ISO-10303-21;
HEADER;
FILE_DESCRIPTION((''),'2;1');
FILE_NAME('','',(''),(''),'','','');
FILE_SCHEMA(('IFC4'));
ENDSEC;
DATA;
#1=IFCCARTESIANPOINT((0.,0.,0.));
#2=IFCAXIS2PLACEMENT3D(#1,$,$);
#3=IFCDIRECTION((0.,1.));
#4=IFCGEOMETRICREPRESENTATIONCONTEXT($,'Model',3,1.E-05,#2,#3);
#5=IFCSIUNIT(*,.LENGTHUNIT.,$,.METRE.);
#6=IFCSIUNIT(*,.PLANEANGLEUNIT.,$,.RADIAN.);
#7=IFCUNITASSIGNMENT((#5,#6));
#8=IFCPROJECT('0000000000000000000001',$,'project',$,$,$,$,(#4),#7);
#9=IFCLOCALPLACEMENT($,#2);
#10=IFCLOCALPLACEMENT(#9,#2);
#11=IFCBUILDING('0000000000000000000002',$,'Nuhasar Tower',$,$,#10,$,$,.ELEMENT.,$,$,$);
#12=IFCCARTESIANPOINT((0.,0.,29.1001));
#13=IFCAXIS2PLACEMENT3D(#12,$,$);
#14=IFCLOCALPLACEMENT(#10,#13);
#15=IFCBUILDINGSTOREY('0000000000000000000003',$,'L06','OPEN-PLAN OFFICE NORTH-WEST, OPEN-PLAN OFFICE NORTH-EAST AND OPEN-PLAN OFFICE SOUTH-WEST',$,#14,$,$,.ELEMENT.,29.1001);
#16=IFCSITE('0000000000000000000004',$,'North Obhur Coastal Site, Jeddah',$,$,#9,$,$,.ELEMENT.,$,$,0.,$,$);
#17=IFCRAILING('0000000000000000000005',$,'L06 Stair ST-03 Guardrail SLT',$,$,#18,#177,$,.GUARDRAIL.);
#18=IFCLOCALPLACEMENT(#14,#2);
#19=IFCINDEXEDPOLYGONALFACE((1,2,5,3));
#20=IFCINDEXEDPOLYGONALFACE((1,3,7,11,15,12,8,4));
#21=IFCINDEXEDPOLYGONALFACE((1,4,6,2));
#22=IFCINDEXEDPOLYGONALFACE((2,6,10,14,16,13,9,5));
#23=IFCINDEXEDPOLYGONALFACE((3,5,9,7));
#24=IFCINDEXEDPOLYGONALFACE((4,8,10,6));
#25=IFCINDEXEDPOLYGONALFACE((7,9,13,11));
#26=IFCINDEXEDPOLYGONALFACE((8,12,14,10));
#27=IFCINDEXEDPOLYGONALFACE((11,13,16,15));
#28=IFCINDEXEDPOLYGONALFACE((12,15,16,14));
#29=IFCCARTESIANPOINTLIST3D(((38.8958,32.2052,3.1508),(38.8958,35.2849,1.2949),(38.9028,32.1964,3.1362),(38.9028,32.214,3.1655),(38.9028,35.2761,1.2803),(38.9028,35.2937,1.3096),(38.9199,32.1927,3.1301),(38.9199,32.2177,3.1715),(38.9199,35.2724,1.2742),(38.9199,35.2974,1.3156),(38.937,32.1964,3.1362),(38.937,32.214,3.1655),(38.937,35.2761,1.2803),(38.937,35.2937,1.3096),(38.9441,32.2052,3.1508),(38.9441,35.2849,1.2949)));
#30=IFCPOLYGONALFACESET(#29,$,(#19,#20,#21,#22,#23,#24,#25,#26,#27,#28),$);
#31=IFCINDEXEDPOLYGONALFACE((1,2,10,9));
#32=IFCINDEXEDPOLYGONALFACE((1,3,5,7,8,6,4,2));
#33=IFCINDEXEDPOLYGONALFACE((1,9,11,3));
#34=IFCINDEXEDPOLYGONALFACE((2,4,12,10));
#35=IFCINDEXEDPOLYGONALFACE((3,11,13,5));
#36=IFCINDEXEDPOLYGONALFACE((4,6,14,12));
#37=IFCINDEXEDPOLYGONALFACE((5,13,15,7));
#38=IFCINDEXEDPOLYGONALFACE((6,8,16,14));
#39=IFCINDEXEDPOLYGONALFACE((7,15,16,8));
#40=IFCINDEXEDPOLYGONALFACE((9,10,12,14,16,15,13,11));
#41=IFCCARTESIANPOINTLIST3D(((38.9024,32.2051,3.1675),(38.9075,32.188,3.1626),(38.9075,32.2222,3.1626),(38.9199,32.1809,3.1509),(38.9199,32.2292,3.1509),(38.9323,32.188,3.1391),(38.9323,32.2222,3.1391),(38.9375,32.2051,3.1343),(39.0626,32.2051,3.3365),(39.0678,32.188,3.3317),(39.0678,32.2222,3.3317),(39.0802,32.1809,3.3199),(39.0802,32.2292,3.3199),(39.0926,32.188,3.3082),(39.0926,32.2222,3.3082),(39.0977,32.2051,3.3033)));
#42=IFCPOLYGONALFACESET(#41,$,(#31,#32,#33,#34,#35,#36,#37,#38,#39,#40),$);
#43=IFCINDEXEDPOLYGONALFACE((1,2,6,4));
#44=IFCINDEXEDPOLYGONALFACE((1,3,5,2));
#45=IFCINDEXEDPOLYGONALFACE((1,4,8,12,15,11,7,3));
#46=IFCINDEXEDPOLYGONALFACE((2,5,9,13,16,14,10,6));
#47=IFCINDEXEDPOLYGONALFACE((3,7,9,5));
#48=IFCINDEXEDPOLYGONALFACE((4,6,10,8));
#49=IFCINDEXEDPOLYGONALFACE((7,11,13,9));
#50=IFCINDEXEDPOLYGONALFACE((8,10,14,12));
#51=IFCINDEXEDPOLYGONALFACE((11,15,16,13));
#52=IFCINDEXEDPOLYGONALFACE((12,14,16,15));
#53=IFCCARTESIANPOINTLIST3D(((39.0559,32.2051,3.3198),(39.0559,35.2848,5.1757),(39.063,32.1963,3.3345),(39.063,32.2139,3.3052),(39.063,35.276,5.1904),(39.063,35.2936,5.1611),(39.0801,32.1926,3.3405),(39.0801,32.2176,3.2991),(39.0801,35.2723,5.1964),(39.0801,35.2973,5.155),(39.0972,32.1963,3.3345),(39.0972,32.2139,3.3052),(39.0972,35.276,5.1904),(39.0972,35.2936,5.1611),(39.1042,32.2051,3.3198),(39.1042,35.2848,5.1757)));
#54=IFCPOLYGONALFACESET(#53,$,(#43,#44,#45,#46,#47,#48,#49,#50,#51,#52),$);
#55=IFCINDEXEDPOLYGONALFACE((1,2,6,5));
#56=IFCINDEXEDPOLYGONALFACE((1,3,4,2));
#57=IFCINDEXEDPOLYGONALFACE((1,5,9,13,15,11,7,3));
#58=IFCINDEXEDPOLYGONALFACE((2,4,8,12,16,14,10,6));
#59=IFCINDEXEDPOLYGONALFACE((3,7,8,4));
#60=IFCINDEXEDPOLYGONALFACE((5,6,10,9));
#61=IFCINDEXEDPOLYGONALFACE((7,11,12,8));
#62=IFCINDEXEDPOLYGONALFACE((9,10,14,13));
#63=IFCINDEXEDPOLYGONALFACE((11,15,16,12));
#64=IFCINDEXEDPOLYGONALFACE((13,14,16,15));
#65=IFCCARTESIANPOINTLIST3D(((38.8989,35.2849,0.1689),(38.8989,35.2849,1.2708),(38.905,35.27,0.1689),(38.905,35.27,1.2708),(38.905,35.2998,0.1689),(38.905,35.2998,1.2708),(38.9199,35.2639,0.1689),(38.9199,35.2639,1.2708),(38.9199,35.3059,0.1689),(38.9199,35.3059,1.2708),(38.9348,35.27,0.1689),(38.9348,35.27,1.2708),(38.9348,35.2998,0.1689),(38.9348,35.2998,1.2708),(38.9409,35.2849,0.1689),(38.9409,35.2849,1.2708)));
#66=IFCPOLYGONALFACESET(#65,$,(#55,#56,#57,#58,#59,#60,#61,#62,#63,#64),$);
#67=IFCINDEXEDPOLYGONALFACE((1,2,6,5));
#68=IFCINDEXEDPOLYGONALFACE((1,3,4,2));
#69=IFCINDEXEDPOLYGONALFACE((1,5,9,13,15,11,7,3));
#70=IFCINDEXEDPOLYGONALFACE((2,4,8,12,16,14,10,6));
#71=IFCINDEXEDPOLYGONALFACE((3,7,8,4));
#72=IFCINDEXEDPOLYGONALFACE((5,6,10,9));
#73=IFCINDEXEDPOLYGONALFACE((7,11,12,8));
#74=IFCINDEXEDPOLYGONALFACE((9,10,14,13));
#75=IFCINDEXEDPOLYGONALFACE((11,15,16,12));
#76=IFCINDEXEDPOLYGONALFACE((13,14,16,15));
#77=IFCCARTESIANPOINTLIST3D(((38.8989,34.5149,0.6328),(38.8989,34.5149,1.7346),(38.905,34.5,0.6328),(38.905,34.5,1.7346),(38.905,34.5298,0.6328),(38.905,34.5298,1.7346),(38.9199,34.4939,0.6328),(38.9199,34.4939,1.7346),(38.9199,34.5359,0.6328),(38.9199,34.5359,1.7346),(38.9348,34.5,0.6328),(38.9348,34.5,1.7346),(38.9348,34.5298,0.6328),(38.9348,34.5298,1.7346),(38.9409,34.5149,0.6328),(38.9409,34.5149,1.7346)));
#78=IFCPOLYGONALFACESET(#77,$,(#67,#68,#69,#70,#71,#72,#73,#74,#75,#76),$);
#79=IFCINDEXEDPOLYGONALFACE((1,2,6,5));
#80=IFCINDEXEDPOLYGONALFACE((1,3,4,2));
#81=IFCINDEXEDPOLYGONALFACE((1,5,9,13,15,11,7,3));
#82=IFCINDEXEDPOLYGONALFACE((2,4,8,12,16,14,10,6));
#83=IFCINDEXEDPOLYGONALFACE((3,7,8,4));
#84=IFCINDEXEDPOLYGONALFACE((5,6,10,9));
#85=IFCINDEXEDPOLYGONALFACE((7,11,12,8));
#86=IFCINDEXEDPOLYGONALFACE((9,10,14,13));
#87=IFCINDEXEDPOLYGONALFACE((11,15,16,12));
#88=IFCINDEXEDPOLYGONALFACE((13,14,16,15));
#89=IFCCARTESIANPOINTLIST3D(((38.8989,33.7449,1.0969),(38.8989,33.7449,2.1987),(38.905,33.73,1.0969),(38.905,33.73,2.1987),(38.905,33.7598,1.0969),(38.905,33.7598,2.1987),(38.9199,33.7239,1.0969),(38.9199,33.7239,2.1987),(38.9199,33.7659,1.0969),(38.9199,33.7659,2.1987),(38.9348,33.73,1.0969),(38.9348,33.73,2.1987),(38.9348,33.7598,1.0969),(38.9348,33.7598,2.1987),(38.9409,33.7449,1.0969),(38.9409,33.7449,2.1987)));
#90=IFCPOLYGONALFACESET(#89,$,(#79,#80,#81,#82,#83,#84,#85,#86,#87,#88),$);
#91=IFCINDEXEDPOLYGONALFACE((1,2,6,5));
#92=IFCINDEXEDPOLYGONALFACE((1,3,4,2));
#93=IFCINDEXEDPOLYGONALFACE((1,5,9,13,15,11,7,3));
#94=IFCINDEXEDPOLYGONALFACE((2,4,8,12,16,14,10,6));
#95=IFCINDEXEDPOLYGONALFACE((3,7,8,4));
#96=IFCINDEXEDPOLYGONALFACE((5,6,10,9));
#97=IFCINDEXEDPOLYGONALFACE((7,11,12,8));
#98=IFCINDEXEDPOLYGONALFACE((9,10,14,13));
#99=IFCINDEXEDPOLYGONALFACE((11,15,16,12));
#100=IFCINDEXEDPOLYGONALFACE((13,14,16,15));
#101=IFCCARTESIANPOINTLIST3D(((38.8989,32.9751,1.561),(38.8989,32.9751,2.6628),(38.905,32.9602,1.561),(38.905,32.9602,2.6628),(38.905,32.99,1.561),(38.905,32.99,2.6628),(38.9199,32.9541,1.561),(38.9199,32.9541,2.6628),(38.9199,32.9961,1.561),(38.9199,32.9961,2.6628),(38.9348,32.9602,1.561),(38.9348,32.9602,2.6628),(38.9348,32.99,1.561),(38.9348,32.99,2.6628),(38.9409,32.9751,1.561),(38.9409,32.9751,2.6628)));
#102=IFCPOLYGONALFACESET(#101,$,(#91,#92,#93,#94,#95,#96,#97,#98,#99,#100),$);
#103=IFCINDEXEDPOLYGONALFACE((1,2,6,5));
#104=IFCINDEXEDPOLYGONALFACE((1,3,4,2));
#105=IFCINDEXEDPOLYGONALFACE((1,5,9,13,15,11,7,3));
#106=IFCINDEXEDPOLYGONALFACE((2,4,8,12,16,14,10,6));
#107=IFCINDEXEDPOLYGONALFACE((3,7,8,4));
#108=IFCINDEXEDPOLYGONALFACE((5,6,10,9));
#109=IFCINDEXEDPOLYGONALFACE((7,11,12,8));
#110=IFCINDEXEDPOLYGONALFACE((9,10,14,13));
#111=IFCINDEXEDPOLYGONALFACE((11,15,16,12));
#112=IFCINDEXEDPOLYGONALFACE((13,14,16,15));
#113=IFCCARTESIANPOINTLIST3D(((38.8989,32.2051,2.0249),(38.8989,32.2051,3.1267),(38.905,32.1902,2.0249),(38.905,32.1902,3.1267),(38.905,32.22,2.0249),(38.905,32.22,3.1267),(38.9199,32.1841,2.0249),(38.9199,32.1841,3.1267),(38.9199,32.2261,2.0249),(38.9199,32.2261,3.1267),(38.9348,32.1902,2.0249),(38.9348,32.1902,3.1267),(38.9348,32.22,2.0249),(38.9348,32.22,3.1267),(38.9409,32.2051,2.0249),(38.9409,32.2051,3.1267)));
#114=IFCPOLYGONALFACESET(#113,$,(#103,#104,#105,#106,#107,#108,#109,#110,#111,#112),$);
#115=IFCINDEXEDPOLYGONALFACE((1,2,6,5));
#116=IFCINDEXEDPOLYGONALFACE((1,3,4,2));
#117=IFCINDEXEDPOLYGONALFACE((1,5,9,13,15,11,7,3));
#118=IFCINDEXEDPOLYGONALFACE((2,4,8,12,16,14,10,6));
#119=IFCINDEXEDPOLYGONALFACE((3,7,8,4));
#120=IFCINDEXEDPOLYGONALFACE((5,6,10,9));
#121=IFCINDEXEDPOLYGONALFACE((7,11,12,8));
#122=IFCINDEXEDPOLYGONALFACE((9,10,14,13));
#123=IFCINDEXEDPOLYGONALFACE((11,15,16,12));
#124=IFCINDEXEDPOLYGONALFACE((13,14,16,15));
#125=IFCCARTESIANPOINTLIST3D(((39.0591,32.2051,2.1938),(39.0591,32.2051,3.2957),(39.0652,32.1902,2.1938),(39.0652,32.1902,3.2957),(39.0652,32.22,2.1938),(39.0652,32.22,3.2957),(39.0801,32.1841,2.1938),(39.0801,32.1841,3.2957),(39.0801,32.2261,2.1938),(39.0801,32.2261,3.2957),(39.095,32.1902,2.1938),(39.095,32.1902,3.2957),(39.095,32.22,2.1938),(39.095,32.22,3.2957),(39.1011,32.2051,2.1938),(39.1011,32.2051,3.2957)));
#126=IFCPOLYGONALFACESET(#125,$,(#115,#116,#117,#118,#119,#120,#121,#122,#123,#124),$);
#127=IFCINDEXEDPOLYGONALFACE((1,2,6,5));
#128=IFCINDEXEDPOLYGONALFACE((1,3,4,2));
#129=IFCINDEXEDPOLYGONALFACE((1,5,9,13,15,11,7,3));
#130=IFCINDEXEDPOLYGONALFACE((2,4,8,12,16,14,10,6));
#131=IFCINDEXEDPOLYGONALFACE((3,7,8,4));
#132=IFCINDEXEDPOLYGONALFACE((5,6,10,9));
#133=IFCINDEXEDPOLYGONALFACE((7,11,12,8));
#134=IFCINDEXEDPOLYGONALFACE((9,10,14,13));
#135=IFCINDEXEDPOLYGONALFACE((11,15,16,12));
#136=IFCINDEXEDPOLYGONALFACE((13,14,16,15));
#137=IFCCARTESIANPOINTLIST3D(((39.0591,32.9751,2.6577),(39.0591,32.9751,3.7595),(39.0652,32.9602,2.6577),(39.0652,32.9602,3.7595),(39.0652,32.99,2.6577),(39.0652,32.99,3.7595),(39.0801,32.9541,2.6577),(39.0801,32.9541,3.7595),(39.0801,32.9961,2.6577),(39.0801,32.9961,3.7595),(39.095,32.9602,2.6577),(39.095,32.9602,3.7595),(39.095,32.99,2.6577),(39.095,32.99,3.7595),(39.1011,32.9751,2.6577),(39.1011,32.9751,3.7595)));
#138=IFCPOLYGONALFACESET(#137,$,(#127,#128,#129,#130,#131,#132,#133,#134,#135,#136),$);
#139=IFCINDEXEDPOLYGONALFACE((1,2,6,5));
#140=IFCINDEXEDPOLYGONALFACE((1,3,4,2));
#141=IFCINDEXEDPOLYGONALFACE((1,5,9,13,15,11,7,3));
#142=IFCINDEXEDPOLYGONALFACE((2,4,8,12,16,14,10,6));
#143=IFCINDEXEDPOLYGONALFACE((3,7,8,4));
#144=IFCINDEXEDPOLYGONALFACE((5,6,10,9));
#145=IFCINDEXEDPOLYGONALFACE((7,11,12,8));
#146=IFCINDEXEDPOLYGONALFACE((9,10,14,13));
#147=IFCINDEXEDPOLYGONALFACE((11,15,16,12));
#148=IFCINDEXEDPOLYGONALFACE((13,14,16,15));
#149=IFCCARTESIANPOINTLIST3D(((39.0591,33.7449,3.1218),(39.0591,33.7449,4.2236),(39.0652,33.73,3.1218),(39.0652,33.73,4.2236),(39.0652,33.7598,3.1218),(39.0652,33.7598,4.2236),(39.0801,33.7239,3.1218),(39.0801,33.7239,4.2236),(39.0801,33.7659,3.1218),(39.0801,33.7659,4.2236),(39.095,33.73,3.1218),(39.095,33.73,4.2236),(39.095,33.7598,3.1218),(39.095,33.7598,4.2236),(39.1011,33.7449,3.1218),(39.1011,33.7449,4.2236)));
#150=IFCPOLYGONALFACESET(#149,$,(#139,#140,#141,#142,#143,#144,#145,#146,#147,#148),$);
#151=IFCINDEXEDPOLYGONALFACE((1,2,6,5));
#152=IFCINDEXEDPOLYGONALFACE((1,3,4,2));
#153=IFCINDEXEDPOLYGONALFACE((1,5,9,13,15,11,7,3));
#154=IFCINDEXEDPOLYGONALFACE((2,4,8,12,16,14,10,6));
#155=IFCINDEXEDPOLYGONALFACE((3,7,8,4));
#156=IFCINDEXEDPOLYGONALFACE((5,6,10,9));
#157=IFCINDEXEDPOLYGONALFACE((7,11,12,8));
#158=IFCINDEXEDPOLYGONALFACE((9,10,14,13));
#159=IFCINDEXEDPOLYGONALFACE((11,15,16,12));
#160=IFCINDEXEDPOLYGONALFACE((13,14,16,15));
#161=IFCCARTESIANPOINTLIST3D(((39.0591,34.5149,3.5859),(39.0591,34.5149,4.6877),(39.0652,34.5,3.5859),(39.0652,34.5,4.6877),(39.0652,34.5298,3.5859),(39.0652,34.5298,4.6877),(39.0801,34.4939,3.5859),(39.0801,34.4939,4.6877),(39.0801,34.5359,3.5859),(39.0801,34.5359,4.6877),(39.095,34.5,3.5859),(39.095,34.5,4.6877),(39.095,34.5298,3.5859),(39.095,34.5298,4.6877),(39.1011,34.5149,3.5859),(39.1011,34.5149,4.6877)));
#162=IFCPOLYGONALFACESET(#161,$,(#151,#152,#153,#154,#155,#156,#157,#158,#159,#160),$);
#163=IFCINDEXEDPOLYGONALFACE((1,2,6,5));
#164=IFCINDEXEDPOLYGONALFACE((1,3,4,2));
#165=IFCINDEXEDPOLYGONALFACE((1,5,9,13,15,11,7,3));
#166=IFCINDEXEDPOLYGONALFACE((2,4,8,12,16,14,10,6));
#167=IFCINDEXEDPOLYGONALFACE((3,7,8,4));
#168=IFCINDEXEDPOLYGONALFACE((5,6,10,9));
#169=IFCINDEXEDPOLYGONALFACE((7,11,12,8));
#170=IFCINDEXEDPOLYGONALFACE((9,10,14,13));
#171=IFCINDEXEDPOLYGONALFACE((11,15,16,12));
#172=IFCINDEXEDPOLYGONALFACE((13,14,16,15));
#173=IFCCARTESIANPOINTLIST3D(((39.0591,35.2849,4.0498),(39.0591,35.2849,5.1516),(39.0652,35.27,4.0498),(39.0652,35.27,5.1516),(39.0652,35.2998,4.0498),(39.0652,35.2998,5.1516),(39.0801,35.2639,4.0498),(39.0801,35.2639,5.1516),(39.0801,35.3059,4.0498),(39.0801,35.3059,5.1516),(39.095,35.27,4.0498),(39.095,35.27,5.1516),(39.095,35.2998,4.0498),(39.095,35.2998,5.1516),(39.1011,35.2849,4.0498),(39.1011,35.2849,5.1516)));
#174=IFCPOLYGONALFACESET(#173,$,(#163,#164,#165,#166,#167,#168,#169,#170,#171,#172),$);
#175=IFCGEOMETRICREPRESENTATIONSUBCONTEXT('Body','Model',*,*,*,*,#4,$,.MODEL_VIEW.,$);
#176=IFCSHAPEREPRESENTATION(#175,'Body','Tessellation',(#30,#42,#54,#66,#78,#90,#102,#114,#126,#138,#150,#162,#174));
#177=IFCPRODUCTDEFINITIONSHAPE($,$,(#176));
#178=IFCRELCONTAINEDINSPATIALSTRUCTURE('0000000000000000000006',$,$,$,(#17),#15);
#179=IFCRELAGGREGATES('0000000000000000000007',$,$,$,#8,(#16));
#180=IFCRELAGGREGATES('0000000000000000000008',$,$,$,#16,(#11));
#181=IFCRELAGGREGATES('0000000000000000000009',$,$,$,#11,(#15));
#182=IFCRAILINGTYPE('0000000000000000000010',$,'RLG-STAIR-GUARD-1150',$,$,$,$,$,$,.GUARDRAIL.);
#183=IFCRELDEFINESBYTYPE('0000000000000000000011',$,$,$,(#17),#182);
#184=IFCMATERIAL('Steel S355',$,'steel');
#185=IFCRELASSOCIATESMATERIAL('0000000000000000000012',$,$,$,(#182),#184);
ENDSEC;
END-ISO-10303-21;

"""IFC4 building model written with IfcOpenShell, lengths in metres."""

from ifc_helpers import new_model, si_unit, direction, frame, origin, place, context, subcontext, project, spatial, polyline, outline, extrude, material, type_object, element, save


model = new_model("IFC4")

# Units and contexts
model_context = context("Model", 3, precision=1e-05, world=origin(), true_north=direction((0.0, 1.0)))
body_context = subcontext(model_context, "Body", "Model", "MODEL_VIEW")
ifc_project = project(units=[si_unit("LENGTHUNIT", "METRE"), si_unit("PLANEANGLEUNIT", "RADIAN")], contexts=[model_context])

# Site, building, storey
site_placement = place(None, origin())
site = spatial("IfcSite", under=ifc_project, at=site_placement, Name="North Obhur Coastal Site, Jeddah", CompositionType="ELEMENT", RefElevation=0.0)
building_placement = place(site_placement, origin())
building = spatial("IfcBuilding", under=site, at=building_placement, Name="Nuhasar Tower", CompositionType="ELEMENT")
storey_placement = place(building_placement, frame((0.0, 0.0, 29.1001)))
storey = spatial("IfcBuildingStorey", under=building, at=storey_placement, Name="L06", Description="OPEN-PLAN OFFICE NORTH-WEST, OPEN-PLAN OFFICE NORTH-EAST AND OPEN-PLAN OFFICE SOUTH-WEST", CompositionType="ELEMENT", Elevation=29.1001)

# Shared definitions
ifc_material_1 = material(Name="Steel S355", Category="steel")

# Railing
railing_type_1 = type_object("IfcRailingType", Name="RLG-STAIR-GUARD-1150", PredefinedType="GUARDRAIL", material=ifc_material_1)
railing_1_placement = place(storey_placement, frame((38.9199, 35.2849, 0.1689)))
element("IfcRailing", 1, at=railing_1_placement, inside=storey, type_object=railing_type_1, Name="L06 Stair ST-03 Guardrail SLT", PredefinedType="GUARDRAIL", context=body_context, shape_type="SweptSolid", body=[
    extrude(outline(polyline([(0.0242, 0.0), (0.0171, 0.0171), (0.0, 0.0242), (-0.0171, 0.0171), (-0.0242, 0.0), (-0.0171, -0.0171), (0.0, -0.0242), (0.0171, -0.0171), (0.0242, 0.0)])), frame((0.0, 0.0, 1.126), z_axis=(0.0, -0.856503, 0.516142), x_axis=(1.0, 0.0, 0.0)), (0.0, 0.0, 1.0), 3.5957),
    extrude(outline(polyline([(0.0242, 0.0), (0.0171, 0.0171), (0.0, 0.0242), (-0.0171, 0.0171), (-0.0242, 0.0), (-0.0171, -0.0171), (0.0, -0.0242), (0.0171, -0.0171), (0.0242, 0.0)])), frame((0.0, -3.0798, 2.9819), z_axis=(0.687977, 0.0, 0.725732), x_axis=(0.0, 1.0, 0.0)), (0.0, 0.0, 1.0), 0.2329),
    extrude(outline(polyline([(0.0242, 0.0), (0.0171, 0.0171), (0.0, 0.0242), (-0.0171, 0.0171), (-0.0242, 0.0), (-0.0171, -0.0171), (0.0, -0.0242), (0.0171, -0.0171), (0.0242, 0.0)])), frame((0.1602, -3.0798, 3.1509), z_axis=(0.0, 0.856503, 0.516142), x_axis=(-1.0, 0.0, 0.0)), (0.0, 0.0, 1.0), 3.5957),
    extrude(outline(polyline([(0.021, 0.0), (0.0149, 0.0149), (0.0, 0.021), (-0.0149, 0.0149), (-0.021, 0.0), (-0.0149, -0.0149), (0.0, -0.021), (0.0149, -0.0149), (0.021, 0.0)])), origin(), (0.0, 0.0, 1.0), 1.1018),
    extrude(outline(polyline([(0.021, 0.0), (0.0149, 0.0149), (0.0, 0.021), (-0.0149, 0.0149), (-0.021, 0.0), (-0.0149, -0.0149), (0.0, -0.021), (0.0149, -0.0149), (0.021, 0.0)])), frame((0.0, -0.77, 0.4639)), (0.0, 0.0, 1.0), 1.1018),
    extrude(outline(polyline([(0.021, 0.0), (0.0149, 0.0149), (0.0, 0.021), (-0.0149, 0.0149), (-0.021, 0.0), (-0.0149, -0.0149), (0.0, -0.021), (0.0149, -0.0149), (0.021, 0.0)])), frame((0.0, -1.54, 0.928)), (0.0, 0.0, 1.0), 1.1018),
    extrude(outline(polyline([(0.021, 0.0), (0.0149, 0.0149), (0.0, 0.021), (-0.0149, 0.0149), (-0.021, 0.0), (-0.0149, -0.0149), (0.0, -0.021), (0.0149, -0.0149), (0.021, 0.0)])), frame((0.0, -2.3098, 1.3921)), (0.0, 0.0, 1.0), 1.1018),
    extrude(outline(polyline([(0.021, 0.0), (0.0149, 0.0149), (0.0, 0.021), (-0.0149, 0.0149), (-0.021, 0.0), (-0.0149, -0.0149), (0.0, -0.021), (0.0149, -0.0149), (0.021, 0.0)])), frame((0.0, -3.0798, 1.856)), (0.0, 0.0, 1.0), 1.1018),
    extrude(outline(polyline([(0.021, 0.0), (0.0149, 0.0149), (0.0, 0.021), (-0.0149, 0.0149), (-0.021, 0.0), (-0.0149, -0.0149), (0.0, -0.021), (0.0149, -0.0149), (0.021, 0.0)])), frame((0.1602, -3.0798, 2.0249)), (0.0, 0.0, 1.0), 1.1018),
    extrude(outline(polyline([(0.021, 0.0), (0.0149, 0.0149), (0.0, 0.021), (-0.0149, 0.0149), (-0.021, 0.0), (-0.0149, -0.0149), (0.0, -0.021), (0.0149, -0.0149), (0.021, 0.0)])), frame((0.1602, -2.3098, 2.4888)), (0.0, 0.0, 1.0), 1.1018),
    extrude(outline(polyline([(0.021, 0.0), (0.0149, 0.0149), (0.0, 0.021), (-0.0149, 0.0149), (-0.021, 0.0), (-0.0149, -0.0149), (0.0, -0.021), (0.0149, -0.0149), (0.021, 0.0)])), frame((0.1602, -1.54, 2.9529)), (0.0, 0.0, 1.0), 1.1018),
    extrude(outline(polyline([(0.021, 0.0), (0.0149, 0.0149), (0.0, 0.021), (-0.0149, 0.0149), (-0.021, 0.0), (-0.0149, -0.0149), (0.0, -0.021), (0.0149, -0.0149), (0.021, 0.0)])), frame((0.1602, -0.77, 3.417)), (0.0, 0.0, 1.0), 1.1018),
    extrude(outline(polyline([(0.021, 0.0), (0.0149, 0.0149), (0.0, 0.021), (-0.0149, 0.0149), (-0.021, 0.0), (-0.0149, -0.0149), (0.0, -0.021), (0.0149, -0.0149), (0.021, 0.0)])), frame((0.1602, 0.0, 3.8809)), (0.0, 0.0, 1.0), 1.1018),
])

save(model, "model.ifc")
